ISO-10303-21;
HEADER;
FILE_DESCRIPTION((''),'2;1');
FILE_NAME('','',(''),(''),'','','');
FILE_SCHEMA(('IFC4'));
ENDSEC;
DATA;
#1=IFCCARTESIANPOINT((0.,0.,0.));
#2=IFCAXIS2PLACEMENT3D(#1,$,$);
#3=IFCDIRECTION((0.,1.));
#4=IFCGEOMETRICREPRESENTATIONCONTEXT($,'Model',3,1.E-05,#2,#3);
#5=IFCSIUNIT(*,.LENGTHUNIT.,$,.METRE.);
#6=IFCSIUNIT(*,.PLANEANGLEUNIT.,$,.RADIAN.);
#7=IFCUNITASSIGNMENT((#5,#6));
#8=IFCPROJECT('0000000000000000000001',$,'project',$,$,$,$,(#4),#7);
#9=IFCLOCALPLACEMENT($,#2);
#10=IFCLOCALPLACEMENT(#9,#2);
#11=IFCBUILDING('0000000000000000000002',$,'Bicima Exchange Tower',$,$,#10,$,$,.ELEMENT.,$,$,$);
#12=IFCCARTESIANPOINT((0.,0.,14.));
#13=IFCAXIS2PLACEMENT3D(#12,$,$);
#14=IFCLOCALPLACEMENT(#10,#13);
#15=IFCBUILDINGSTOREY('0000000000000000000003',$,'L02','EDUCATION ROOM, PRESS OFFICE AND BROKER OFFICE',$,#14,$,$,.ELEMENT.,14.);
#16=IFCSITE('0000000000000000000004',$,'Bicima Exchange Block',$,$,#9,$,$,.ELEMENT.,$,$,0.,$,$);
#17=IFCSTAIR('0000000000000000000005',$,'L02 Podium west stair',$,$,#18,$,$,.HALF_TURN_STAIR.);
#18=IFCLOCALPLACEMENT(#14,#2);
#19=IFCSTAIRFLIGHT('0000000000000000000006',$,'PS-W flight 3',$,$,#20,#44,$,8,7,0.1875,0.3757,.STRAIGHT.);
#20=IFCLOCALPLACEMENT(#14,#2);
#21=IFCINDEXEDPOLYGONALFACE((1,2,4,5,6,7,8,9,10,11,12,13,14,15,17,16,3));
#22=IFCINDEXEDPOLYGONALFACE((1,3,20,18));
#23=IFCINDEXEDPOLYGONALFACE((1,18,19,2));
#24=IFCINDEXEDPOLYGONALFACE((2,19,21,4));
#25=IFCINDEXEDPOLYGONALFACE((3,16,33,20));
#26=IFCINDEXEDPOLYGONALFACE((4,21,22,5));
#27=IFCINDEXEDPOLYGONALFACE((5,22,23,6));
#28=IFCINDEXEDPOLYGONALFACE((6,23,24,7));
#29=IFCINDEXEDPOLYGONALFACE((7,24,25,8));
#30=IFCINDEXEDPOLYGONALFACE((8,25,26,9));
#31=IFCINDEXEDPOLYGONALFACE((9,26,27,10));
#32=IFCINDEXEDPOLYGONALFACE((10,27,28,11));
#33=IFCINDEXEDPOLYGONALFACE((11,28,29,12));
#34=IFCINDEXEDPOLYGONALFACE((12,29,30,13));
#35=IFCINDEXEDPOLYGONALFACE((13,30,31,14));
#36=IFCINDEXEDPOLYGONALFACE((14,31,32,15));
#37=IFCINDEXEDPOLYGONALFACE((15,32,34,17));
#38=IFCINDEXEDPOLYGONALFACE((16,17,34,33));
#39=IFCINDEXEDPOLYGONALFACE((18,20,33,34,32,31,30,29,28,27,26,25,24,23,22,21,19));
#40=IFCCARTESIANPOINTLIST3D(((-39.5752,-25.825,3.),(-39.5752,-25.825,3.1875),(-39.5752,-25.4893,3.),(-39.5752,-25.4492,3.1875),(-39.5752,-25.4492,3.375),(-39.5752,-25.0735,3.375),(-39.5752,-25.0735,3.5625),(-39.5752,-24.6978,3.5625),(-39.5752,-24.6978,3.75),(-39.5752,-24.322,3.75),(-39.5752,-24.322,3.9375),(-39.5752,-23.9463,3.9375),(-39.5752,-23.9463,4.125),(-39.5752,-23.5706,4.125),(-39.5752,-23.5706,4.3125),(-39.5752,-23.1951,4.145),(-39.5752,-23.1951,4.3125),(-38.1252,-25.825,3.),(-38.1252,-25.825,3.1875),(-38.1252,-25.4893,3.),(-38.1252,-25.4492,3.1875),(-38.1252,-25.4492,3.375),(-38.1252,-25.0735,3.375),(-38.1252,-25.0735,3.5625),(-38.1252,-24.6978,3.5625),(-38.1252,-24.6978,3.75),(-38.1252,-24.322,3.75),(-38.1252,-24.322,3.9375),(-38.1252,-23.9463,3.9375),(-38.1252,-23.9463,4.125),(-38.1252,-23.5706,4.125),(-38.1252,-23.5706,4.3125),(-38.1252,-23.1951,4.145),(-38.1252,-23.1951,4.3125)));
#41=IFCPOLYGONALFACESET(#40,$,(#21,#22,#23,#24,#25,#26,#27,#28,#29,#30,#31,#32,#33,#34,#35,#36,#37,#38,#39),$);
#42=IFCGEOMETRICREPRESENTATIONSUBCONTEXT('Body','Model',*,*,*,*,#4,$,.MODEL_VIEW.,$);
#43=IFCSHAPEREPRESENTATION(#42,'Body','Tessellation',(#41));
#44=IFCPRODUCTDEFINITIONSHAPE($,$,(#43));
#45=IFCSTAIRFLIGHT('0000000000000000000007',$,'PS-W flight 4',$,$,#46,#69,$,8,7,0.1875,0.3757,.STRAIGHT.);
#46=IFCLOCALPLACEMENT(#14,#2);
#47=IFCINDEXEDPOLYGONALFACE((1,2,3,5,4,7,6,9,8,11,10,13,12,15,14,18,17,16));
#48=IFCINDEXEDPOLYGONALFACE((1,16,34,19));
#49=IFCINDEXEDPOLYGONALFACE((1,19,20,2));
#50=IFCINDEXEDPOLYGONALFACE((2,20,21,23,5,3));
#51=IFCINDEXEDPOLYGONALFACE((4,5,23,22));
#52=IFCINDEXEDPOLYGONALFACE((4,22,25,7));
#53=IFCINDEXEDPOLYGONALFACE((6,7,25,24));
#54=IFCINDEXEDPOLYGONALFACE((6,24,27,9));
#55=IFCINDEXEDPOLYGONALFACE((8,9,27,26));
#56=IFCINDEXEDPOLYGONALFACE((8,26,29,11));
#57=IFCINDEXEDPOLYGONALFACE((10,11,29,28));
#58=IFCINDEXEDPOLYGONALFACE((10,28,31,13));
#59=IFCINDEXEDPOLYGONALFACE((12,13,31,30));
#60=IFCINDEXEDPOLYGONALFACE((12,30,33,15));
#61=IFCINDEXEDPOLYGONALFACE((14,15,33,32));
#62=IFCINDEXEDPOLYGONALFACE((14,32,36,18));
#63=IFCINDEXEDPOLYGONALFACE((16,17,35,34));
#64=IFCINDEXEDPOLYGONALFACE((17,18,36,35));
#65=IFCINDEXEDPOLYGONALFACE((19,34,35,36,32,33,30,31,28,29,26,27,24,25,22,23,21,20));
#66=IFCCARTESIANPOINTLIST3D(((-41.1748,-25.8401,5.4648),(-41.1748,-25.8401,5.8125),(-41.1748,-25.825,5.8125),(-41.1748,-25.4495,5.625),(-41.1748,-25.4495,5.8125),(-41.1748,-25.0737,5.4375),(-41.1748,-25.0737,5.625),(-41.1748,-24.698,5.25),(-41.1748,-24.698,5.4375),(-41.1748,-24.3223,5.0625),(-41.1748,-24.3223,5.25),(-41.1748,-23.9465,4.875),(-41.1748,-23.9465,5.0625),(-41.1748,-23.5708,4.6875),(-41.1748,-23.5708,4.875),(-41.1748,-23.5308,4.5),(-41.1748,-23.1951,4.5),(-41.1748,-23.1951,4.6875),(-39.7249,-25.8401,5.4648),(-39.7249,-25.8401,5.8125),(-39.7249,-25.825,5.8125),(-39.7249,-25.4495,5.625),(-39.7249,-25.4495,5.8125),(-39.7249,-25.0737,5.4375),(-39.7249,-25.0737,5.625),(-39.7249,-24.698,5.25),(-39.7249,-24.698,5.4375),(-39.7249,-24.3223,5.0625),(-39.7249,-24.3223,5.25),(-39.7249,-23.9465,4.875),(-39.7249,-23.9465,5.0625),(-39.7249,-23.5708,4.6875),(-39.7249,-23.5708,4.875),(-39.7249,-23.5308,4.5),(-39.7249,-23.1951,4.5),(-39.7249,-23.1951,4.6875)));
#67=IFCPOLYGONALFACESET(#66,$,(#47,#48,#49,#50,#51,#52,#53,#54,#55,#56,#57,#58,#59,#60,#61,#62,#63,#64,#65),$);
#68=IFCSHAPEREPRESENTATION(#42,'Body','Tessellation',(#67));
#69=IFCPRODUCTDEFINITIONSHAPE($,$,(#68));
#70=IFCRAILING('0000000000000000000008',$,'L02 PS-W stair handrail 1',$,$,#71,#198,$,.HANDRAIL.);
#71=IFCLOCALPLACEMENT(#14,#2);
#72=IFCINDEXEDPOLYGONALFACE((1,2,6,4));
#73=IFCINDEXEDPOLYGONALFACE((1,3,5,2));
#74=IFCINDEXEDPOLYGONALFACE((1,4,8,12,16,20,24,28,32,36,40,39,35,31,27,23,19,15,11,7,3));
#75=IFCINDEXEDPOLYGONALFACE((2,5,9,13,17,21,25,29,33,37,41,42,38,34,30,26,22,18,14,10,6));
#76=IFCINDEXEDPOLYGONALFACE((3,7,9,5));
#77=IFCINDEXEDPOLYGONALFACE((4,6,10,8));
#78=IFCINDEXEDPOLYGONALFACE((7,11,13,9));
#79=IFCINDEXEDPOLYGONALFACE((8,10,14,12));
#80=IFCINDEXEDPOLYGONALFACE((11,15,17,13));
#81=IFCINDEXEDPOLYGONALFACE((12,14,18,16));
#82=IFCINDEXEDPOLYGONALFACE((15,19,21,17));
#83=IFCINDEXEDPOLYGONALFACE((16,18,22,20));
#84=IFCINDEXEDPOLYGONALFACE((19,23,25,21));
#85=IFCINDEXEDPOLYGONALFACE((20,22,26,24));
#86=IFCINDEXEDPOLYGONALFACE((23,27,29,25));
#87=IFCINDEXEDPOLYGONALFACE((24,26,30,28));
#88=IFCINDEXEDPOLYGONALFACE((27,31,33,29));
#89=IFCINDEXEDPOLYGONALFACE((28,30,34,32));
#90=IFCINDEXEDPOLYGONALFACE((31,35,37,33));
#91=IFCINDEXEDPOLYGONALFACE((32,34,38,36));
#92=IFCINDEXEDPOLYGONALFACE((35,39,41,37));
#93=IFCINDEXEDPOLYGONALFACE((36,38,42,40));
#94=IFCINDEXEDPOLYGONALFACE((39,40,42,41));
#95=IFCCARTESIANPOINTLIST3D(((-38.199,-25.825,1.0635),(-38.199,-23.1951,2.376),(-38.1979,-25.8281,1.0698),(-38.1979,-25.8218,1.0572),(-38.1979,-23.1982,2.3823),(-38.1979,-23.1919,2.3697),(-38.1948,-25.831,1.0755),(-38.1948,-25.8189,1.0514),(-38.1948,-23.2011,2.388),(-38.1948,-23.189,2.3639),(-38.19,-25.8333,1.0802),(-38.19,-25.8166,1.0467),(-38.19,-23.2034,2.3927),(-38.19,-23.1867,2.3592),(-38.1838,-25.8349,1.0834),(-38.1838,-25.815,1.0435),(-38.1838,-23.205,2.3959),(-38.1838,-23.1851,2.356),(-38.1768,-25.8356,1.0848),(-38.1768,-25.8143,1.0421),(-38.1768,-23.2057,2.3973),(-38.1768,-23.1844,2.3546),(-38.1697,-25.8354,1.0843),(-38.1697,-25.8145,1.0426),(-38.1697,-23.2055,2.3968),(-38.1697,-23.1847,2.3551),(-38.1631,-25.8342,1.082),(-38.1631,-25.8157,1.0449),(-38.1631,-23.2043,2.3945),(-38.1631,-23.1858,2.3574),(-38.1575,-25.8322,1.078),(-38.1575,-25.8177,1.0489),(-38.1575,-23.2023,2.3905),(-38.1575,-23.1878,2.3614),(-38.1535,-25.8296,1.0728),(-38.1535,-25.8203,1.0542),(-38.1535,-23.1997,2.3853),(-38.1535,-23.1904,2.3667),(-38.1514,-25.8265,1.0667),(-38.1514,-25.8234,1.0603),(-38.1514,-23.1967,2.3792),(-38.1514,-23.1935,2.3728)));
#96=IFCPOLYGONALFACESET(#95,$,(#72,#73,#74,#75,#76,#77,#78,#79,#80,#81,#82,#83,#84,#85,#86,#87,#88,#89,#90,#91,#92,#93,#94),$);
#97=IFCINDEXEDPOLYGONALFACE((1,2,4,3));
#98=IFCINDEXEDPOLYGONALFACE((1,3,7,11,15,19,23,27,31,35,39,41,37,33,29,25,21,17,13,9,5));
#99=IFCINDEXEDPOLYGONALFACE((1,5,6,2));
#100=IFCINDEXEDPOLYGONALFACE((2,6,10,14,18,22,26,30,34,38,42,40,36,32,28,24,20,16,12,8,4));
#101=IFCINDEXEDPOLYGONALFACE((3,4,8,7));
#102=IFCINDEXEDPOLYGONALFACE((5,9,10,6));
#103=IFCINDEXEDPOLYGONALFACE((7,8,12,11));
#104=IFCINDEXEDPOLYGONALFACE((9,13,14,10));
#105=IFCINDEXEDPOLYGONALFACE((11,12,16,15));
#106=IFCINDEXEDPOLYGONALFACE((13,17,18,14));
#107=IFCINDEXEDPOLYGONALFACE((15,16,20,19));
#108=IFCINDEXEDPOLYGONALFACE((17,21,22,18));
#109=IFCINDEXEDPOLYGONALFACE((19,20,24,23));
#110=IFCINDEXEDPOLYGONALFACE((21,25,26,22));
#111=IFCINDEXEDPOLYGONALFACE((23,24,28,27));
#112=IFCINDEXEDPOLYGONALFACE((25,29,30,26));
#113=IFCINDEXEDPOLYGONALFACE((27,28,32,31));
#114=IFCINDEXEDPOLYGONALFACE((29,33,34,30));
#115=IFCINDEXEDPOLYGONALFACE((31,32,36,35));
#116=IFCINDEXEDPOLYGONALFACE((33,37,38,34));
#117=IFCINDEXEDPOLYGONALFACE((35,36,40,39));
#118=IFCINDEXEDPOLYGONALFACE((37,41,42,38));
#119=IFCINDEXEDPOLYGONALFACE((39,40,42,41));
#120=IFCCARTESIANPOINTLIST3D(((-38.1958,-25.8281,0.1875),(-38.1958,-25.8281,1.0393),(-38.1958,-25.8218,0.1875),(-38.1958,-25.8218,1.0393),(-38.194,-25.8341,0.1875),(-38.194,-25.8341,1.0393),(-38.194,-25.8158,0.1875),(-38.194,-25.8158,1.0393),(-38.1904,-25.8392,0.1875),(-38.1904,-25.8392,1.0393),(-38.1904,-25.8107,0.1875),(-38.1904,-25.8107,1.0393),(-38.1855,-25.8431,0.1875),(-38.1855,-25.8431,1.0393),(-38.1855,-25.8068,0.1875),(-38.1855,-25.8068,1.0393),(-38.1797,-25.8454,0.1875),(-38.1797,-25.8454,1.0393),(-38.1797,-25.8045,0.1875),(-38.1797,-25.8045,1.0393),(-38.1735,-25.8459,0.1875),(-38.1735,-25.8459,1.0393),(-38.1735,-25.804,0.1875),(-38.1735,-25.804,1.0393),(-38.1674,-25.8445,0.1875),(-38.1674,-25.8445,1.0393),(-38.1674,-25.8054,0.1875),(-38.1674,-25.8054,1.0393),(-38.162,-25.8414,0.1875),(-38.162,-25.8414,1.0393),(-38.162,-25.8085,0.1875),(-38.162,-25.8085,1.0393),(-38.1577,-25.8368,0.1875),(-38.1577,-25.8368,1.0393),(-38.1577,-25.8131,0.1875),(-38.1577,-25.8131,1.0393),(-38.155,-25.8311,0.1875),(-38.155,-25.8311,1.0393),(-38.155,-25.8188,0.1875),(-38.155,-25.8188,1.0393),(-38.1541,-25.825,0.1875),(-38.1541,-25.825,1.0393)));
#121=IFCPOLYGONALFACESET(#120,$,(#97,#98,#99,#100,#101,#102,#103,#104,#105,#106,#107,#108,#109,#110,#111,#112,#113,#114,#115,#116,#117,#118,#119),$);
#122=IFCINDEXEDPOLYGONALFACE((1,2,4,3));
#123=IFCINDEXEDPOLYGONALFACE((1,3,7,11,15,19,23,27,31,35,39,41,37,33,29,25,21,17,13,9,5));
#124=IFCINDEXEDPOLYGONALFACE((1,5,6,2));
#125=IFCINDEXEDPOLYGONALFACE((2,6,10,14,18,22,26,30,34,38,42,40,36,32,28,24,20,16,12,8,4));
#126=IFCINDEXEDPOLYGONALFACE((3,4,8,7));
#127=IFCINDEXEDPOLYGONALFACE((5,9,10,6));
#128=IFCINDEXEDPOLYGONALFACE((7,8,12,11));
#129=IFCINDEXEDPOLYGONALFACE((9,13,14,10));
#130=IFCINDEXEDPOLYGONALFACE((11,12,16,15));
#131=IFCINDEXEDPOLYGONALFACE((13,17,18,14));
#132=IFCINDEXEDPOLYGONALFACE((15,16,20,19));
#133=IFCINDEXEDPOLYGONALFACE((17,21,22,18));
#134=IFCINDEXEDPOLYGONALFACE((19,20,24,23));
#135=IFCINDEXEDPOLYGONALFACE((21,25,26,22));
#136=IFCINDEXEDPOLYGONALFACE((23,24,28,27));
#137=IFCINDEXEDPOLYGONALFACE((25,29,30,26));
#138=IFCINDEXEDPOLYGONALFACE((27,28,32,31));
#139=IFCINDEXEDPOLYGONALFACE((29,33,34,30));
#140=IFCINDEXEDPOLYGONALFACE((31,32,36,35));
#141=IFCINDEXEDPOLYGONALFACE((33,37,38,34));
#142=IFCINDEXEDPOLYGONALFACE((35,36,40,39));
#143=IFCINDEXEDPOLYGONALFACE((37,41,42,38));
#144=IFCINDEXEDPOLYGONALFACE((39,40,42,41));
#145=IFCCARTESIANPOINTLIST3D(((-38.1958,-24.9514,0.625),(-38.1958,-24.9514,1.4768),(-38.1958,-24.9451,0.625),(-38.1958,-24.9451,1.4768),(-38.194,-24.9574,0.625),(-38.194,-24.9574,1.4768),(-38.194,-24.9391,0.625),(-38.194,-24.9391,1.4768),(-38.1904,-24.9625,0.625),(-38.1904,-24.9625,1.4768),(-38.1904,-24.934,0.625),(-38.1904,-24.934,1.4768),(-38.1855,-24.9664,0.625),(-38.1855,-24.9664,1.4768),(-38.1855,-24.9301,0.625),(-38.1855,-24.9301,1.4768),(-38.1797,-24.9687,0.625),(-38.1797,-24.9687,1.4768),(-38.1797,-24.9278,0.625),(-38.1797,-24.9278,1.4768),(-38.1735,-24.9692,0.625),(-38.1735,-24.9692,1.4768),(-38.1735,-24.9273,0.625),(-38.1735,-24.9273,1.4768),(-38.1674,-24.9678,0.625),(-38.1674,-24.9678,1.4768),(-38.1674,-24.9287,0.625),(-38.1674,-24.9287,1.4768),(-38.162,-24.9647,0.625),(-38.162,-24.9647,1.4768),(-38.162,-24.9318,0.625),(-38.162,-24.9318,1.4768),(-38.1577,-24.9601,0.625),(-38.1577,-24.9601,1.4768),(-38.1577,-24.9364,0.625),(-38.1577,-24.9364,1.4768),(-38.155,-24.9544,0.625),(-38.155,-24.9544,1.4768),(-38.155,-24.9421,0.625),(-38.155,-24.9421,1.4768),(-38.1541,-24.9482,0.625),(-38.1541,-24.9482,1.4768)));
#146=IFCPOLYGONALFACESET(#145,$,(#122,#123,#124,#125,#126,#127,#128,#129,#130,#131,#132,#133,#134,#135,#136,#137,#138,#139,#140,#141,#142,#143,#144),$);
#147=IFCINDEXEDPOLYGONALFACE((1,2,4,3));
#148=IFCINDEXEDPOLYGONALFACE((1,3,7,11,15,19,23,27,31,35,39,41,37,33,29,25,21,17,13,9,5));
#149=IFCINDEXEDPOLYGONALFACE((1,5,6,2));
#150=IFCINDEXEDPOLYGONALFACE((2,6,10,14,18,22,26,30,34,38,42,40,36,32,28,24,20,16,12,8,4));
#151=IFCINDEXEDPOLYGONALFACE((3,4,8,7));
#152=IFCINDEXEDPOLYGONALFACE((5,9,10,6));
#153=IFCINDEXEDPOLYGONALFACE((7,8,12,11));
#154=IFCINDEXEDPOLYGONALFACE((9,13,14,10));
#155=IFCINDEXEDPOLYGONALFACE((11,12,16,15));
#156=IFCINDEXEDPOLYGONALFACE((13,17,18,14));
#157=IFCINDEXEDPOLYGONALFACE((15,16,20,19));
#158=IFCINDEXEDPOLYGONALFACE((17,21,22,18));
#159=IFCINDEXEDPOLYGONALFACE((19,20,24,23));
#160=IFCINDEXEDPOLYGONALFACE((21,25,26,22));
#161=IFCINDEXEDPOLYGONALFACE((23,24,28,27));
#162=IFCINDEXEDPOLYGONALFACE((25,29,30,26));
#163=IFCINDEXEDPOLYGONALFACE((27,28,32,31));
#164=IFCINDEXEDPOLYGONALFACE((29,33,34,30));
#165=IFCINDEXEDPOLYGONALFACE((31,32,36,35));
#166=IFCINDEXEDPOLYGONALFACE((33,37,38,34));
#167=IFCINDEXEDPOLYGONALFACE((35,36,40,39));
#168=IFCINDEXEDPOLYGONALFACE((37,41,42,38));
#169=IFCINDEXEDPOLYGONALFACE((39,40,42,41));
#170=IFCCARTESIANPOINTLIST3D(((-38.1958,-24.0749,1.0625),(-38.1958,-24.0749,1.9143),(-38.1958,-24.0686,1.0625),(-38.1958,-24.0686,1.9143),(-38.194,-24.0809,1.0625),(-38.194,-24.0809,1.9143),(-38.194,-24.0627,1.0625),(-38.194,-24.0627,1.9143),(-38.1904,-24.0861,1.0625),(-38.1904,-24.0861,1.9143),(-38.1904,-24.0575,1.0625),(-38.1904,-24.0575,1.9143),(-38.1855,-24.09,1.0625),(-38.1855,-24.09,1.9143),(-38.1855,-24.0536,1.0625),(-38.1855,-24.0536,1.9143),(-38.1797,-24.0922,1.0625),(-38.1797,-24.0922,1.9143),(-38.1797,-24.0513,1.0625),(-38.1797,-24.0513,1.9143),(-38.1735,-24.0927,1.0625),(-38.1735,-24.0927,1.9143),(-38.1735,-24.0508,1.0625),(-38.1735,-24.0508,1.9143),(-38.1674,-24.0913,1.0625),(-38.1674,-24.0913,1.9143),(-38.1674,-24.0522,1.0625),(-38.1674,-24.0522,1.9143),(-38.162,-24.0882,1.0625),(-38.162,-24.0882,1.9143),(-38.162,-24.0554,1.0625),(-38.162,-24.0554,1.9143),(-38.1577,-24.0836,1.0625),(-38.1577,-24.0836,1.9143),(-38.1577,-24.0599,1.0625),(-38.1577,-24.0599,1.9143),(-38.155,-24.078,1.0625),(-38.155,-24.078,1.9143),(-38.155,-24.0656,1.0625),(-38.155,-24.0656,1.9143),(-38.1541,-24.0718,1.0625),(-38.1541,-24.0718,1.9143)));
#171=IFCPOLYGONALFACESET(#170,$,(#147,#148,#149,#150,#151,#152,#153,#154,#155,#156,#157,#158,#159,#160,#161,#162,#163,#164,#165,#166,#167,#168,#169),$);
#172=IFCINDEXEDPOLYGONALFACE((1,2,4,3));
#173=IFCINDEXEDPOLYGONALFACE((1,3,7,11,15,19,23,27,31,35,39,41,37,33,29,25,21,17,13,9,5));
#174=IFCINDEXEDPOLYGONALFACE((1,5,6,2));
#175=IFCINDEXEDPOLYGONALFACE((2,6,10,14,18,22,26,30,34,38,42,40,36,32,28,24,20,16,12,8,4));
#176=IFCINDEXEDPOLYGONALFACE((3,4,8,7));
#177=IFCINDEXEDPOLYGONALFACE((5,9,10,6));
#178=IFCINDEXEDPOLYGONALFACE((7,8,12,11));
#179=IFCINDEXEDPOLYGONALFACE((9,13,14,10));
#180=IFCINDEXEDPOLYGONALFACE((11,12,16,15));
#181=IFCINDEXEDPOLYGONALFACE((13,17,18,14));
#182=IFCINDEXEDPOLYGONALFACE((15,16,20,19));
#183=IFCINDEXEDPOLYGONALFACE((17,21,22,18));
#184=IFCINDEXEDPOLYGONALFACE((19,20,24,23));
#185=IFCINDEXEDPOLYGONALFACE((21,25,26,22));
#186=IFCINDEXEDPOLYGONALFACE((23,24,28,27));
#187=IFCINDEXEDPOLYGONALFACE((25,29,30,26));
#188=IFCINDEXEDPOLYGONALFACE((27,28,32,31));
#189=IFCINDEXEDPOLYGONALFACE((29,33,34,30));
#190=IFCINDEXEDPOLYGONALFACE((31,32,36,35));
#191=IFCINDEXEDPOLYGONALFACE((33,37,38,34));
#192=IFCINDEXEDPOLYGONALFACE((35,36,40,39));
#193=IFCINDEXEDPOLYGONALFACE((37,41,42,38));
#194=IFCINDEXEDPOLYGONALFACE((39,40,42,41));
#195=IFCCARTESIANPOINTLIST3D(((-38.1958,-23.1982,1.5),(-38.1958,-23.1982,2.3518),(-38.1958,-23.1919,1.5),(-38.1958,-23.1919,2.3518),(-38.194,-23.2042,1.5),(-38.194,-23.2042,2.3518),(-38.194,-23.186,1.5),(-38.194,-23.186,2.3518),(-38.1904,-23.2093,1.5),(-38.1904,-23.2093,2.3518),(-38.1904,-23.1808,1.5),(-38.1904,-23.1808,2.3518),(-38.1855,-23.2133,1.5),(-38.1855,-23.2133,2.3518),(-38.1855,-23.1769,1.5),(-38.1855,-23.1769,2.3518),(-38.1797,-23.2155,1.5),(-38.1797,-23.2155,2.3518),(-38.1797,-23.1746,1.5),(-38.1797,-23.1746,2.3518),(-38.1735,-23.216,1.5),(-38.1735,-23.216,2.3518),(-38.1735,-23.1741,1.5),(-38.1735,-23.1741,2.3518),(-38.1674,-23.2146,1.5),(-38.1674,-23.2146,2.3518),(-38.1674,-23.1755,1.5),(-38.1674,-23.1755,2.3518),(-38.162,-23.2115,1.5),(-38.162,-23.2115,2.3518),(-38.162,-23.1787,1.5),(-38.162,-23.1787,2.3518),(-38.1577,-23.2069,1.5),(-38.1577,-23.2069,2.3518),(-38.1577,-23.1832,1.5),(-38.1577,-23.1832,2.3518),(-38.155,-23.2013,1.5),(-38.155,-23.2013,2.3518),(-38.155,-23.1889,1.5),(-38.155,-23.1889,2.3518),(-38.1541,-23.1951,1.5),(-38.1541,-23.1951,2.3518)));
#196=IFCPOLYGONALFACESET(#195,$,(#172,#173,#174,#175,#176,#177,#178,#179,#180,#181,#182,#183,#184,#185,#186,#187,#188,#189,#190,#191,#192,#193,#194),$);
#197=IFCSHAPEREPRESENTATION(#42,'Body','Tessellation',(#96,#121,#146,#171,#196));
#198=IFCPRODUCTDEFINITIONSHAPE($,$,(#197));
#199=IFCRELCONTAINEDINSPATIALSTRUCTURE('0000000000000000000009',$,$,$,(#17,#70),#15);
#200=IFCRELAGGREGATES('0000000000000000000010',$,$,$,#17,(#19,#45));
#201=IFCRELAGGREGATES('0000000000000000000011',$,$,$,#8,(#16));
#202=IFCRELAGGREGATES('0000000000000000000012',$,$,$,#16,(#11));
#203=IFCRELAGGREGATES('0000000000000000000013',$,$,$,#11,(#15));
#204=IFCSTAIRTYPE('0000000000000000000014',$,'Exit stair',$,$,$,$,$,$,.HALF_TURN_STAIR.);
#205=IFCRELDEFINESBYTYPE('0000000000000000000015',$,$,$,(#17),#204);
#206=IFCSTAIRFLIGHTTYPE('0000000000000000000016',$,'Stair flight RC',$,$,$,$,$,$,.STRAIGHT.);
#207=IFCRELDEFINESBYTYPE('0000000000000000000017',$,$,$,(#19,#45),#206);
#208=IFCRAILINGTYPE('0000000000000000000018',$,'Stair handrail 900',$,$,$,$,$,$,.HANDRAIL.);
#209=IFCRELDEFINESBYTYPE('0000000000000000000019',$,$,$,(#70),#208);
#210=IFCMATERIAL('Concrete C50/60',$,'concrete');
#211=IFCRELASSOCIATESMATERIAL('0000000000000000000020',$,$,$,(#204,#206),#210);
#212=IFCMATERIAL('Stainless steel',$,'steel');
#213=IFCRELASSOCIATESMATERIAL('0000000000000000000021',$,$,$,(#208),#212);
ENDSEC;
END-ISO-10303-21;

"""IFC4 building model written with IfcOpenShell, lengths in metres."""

from ifc_helpers import new_model, si_unit, direction, frame, origin, origin_2d, place, context, subcontext, project, spatial, polyline, circle, outline, extrude, material, type_object, element, aggregate, save


model = new_model("IFC4")

# Units and contexts
model_context = context("Model", 3, precision=1e-05, world=origin(), true_north=direction((0.0, 1.0)))
body_context = subcontext(model_context, "Body", "Model", "MODEL_VIEW")
ifc_project = project(units=[si_unit("LENGTHUNIT", "METRE"), si_unit("PLANEANGLEUNIT", "RADIAN")], contexts=[model_context])

# Site, building, storey
site_placement = place(None, origin())
site = spatial("IfcSite", under=ifc_project, at=site_placement, Name="Bicima Exchange Block", CompositionType="ELEMENT", RefElevation=0.0)
building_placement = place(site_placement, origin())
building = spatial("IfcBuilding", under=site, at=building_placement, Name="Bicima Exchange Tower", CompositionType="ELEMENT")
storey_placement = place(building_placement, frame((0.0, 0.0, 14.0)))
storey = spatial("IfcBuildingStorey", under=building, at=storey_placement, Name="L02", Description="EDUCATION ROOM, PRESS OFFICE AND BROKER OFFICE", CompositionType="ELEMENT", Elevation=14.0)

# Stair, stair flights
ifc_material_1 = material(Name="Concrete C50/60", Category="concrete")
stair_type = type_object("IfcStairType", Name="Exit stair", PredefinedType="HALF_TURN_STAIR", material=ifc_material_1)
stair_placement = place(storey_placement, origin())
stair = element("IfcStair", 1, at=stair_placement, inside=storey, type_object=stair_type, Name="L02 Podium west stair", PredefinedType="HALF_TURN_STAIR")
stair_flight_type = type_object("IfcStairFlightType", Name="Stair flight RC", PredefinedType="STRAIGHT", material=ifc_material_1)
stair_flight_1_placement = place(storey_placement, frame((-38.8501, -25.825, 3.0), z_axis=(0.0, 0.0, 1.0), x_axis=(0.0, 1.0, 0.0)))
stair_flight_1 = element("IfcStairFlight", 2, at=stair_flight_1_placement, type_object=stair_flight_type, Name="PS-W flight 3", NumberOfRisers=8, NumberOfTreads=7, PredefinedType="STRAIGHT", RiserHeight=0.1875, TreadLength=0.3757, context=body_context, shape_type="SweptSolid", body=[
    extrude(outline(polyline([(0.0, 0.0), (0.0, 0.1875), (0.3757, 0.1875), (0.3757, 0.375), (0.7515, 0.375), (0.7515, 0.5625), (1.1272, 0.5625), (1.1272, 0.75), (1.5029, 0.75), (1.5029, 0.9375), (1.8787, 0.9375), (1.8787, 1.125), (2.2544, 1.125), (2.2544, 1.3125), (2.6299, 1.3125), (2.6299, 1.5), (2.6299, 1.145), (0.3357, 0.0), (0.0, 0.0)])), frame((0.0, 0.7251, 0.0), z_axis=(0.0, -1.0, 0.0), x_axis=(1.0, 0.0, 0.0)), (0.0, 0.0, 1.0), 1.45),
])
stair_flight_2_placement = place(storey_placement, frame((-40.45, -23.1951, 4.5), z_axis=(0.0, 0.0, 1.0), x_axis=(0.0, -1.0, 0.0)))
stair_flight_2 = element("IfcStairFlight", 3, at=stair_flight_2_placement, type_object=stair_flight_type, Name="PS-W flight 4", NumberOfRisers=8, NumberOfTreads=7, PredefinedType="STRAIGHT", RiserHeight=0.1875, TreadLength=0.3757, context=body_context, shape_type="SweptSolid", body=[
    extrude(outline(polyline([(0.0, 0.0), (0.0, 0.1875), (0.3757, 0.1875), (0.3757, 0.375), (0.7515, 0.375), (0.7515, 0.5625), (1.1272, 0.5625), (1.1272, 0.75), (1.5029, 0.75), (1.5029, 0.9375), (1.8787, 0.9375), (1.8787, 1.125), (2.2544, 1.125), (2.2544, 1.3125), (2.6299, 1.3125), (2.645, 1.3125), (2.645, 0.9648), (0.3357, 0.0), (0.0, 0.0)])), frame((0.0, 0.7251, 0.0), z_axis=(0.0, -1.0, 0.0), x_axis=(1.0, 0.0, 0.0)), (0.0, 0.0, 1.0), 1.45),
])
aggregate(stair, [stair_flight_1, stair_flight_2])

# Railing
ifc_material_2 = material(Name="Stainless steel", Category="steel")
railing_type_1 = type_object("IfcRailingType", Name="Stair handrail 900", PredefinedType="HANDRAIL", material=ifc_material_2)
railing_1_placement = place(storey_placement, frame((-38.175, -25.825, 0.1875)))
element("IfcRailing", 4, at=railing_1_placement, inside=storey, type_object=railing_type_1, Name="L02 PS-W stair handrail 1", PredefinedType="HANDRAIL", context=body_context, shape_type="SweptSolid", body=[
    extrude(circle(Radius=0.0239, at=origin_2d()), frame((0.0, 0.0, 0.876), z_axis=(0.0, 0.894759, 0.446549), x_axis=(-1.0, 0.0, 0.0)), (0.0, 0.0, 1.0), 2.9392),
    extrude(circle(Radius=0.021, at=origin_2d()), origin(), (0.0, 0.0, 1.0), 0.8518),
    extrude(circle(Radius=0.021, at=origin_2d()), frame((0.0, 0.8767, 0.4375)), (0.0, 0.0, 1.0), 0.8518),
    extrude(circle(Radius=0.021, at=origin_2d()), frame((0.0, 1.7532, 0.875)), (0.0, 0.0, 1.0), 0.8518),
    extrude(circle(Radius=0.021, at=origin_2d()), frame((0.0, 2.6299, 1.3125)), (0.0, 0.0, 1.0), 0.8518),
])

save(model, "model.ifc")
